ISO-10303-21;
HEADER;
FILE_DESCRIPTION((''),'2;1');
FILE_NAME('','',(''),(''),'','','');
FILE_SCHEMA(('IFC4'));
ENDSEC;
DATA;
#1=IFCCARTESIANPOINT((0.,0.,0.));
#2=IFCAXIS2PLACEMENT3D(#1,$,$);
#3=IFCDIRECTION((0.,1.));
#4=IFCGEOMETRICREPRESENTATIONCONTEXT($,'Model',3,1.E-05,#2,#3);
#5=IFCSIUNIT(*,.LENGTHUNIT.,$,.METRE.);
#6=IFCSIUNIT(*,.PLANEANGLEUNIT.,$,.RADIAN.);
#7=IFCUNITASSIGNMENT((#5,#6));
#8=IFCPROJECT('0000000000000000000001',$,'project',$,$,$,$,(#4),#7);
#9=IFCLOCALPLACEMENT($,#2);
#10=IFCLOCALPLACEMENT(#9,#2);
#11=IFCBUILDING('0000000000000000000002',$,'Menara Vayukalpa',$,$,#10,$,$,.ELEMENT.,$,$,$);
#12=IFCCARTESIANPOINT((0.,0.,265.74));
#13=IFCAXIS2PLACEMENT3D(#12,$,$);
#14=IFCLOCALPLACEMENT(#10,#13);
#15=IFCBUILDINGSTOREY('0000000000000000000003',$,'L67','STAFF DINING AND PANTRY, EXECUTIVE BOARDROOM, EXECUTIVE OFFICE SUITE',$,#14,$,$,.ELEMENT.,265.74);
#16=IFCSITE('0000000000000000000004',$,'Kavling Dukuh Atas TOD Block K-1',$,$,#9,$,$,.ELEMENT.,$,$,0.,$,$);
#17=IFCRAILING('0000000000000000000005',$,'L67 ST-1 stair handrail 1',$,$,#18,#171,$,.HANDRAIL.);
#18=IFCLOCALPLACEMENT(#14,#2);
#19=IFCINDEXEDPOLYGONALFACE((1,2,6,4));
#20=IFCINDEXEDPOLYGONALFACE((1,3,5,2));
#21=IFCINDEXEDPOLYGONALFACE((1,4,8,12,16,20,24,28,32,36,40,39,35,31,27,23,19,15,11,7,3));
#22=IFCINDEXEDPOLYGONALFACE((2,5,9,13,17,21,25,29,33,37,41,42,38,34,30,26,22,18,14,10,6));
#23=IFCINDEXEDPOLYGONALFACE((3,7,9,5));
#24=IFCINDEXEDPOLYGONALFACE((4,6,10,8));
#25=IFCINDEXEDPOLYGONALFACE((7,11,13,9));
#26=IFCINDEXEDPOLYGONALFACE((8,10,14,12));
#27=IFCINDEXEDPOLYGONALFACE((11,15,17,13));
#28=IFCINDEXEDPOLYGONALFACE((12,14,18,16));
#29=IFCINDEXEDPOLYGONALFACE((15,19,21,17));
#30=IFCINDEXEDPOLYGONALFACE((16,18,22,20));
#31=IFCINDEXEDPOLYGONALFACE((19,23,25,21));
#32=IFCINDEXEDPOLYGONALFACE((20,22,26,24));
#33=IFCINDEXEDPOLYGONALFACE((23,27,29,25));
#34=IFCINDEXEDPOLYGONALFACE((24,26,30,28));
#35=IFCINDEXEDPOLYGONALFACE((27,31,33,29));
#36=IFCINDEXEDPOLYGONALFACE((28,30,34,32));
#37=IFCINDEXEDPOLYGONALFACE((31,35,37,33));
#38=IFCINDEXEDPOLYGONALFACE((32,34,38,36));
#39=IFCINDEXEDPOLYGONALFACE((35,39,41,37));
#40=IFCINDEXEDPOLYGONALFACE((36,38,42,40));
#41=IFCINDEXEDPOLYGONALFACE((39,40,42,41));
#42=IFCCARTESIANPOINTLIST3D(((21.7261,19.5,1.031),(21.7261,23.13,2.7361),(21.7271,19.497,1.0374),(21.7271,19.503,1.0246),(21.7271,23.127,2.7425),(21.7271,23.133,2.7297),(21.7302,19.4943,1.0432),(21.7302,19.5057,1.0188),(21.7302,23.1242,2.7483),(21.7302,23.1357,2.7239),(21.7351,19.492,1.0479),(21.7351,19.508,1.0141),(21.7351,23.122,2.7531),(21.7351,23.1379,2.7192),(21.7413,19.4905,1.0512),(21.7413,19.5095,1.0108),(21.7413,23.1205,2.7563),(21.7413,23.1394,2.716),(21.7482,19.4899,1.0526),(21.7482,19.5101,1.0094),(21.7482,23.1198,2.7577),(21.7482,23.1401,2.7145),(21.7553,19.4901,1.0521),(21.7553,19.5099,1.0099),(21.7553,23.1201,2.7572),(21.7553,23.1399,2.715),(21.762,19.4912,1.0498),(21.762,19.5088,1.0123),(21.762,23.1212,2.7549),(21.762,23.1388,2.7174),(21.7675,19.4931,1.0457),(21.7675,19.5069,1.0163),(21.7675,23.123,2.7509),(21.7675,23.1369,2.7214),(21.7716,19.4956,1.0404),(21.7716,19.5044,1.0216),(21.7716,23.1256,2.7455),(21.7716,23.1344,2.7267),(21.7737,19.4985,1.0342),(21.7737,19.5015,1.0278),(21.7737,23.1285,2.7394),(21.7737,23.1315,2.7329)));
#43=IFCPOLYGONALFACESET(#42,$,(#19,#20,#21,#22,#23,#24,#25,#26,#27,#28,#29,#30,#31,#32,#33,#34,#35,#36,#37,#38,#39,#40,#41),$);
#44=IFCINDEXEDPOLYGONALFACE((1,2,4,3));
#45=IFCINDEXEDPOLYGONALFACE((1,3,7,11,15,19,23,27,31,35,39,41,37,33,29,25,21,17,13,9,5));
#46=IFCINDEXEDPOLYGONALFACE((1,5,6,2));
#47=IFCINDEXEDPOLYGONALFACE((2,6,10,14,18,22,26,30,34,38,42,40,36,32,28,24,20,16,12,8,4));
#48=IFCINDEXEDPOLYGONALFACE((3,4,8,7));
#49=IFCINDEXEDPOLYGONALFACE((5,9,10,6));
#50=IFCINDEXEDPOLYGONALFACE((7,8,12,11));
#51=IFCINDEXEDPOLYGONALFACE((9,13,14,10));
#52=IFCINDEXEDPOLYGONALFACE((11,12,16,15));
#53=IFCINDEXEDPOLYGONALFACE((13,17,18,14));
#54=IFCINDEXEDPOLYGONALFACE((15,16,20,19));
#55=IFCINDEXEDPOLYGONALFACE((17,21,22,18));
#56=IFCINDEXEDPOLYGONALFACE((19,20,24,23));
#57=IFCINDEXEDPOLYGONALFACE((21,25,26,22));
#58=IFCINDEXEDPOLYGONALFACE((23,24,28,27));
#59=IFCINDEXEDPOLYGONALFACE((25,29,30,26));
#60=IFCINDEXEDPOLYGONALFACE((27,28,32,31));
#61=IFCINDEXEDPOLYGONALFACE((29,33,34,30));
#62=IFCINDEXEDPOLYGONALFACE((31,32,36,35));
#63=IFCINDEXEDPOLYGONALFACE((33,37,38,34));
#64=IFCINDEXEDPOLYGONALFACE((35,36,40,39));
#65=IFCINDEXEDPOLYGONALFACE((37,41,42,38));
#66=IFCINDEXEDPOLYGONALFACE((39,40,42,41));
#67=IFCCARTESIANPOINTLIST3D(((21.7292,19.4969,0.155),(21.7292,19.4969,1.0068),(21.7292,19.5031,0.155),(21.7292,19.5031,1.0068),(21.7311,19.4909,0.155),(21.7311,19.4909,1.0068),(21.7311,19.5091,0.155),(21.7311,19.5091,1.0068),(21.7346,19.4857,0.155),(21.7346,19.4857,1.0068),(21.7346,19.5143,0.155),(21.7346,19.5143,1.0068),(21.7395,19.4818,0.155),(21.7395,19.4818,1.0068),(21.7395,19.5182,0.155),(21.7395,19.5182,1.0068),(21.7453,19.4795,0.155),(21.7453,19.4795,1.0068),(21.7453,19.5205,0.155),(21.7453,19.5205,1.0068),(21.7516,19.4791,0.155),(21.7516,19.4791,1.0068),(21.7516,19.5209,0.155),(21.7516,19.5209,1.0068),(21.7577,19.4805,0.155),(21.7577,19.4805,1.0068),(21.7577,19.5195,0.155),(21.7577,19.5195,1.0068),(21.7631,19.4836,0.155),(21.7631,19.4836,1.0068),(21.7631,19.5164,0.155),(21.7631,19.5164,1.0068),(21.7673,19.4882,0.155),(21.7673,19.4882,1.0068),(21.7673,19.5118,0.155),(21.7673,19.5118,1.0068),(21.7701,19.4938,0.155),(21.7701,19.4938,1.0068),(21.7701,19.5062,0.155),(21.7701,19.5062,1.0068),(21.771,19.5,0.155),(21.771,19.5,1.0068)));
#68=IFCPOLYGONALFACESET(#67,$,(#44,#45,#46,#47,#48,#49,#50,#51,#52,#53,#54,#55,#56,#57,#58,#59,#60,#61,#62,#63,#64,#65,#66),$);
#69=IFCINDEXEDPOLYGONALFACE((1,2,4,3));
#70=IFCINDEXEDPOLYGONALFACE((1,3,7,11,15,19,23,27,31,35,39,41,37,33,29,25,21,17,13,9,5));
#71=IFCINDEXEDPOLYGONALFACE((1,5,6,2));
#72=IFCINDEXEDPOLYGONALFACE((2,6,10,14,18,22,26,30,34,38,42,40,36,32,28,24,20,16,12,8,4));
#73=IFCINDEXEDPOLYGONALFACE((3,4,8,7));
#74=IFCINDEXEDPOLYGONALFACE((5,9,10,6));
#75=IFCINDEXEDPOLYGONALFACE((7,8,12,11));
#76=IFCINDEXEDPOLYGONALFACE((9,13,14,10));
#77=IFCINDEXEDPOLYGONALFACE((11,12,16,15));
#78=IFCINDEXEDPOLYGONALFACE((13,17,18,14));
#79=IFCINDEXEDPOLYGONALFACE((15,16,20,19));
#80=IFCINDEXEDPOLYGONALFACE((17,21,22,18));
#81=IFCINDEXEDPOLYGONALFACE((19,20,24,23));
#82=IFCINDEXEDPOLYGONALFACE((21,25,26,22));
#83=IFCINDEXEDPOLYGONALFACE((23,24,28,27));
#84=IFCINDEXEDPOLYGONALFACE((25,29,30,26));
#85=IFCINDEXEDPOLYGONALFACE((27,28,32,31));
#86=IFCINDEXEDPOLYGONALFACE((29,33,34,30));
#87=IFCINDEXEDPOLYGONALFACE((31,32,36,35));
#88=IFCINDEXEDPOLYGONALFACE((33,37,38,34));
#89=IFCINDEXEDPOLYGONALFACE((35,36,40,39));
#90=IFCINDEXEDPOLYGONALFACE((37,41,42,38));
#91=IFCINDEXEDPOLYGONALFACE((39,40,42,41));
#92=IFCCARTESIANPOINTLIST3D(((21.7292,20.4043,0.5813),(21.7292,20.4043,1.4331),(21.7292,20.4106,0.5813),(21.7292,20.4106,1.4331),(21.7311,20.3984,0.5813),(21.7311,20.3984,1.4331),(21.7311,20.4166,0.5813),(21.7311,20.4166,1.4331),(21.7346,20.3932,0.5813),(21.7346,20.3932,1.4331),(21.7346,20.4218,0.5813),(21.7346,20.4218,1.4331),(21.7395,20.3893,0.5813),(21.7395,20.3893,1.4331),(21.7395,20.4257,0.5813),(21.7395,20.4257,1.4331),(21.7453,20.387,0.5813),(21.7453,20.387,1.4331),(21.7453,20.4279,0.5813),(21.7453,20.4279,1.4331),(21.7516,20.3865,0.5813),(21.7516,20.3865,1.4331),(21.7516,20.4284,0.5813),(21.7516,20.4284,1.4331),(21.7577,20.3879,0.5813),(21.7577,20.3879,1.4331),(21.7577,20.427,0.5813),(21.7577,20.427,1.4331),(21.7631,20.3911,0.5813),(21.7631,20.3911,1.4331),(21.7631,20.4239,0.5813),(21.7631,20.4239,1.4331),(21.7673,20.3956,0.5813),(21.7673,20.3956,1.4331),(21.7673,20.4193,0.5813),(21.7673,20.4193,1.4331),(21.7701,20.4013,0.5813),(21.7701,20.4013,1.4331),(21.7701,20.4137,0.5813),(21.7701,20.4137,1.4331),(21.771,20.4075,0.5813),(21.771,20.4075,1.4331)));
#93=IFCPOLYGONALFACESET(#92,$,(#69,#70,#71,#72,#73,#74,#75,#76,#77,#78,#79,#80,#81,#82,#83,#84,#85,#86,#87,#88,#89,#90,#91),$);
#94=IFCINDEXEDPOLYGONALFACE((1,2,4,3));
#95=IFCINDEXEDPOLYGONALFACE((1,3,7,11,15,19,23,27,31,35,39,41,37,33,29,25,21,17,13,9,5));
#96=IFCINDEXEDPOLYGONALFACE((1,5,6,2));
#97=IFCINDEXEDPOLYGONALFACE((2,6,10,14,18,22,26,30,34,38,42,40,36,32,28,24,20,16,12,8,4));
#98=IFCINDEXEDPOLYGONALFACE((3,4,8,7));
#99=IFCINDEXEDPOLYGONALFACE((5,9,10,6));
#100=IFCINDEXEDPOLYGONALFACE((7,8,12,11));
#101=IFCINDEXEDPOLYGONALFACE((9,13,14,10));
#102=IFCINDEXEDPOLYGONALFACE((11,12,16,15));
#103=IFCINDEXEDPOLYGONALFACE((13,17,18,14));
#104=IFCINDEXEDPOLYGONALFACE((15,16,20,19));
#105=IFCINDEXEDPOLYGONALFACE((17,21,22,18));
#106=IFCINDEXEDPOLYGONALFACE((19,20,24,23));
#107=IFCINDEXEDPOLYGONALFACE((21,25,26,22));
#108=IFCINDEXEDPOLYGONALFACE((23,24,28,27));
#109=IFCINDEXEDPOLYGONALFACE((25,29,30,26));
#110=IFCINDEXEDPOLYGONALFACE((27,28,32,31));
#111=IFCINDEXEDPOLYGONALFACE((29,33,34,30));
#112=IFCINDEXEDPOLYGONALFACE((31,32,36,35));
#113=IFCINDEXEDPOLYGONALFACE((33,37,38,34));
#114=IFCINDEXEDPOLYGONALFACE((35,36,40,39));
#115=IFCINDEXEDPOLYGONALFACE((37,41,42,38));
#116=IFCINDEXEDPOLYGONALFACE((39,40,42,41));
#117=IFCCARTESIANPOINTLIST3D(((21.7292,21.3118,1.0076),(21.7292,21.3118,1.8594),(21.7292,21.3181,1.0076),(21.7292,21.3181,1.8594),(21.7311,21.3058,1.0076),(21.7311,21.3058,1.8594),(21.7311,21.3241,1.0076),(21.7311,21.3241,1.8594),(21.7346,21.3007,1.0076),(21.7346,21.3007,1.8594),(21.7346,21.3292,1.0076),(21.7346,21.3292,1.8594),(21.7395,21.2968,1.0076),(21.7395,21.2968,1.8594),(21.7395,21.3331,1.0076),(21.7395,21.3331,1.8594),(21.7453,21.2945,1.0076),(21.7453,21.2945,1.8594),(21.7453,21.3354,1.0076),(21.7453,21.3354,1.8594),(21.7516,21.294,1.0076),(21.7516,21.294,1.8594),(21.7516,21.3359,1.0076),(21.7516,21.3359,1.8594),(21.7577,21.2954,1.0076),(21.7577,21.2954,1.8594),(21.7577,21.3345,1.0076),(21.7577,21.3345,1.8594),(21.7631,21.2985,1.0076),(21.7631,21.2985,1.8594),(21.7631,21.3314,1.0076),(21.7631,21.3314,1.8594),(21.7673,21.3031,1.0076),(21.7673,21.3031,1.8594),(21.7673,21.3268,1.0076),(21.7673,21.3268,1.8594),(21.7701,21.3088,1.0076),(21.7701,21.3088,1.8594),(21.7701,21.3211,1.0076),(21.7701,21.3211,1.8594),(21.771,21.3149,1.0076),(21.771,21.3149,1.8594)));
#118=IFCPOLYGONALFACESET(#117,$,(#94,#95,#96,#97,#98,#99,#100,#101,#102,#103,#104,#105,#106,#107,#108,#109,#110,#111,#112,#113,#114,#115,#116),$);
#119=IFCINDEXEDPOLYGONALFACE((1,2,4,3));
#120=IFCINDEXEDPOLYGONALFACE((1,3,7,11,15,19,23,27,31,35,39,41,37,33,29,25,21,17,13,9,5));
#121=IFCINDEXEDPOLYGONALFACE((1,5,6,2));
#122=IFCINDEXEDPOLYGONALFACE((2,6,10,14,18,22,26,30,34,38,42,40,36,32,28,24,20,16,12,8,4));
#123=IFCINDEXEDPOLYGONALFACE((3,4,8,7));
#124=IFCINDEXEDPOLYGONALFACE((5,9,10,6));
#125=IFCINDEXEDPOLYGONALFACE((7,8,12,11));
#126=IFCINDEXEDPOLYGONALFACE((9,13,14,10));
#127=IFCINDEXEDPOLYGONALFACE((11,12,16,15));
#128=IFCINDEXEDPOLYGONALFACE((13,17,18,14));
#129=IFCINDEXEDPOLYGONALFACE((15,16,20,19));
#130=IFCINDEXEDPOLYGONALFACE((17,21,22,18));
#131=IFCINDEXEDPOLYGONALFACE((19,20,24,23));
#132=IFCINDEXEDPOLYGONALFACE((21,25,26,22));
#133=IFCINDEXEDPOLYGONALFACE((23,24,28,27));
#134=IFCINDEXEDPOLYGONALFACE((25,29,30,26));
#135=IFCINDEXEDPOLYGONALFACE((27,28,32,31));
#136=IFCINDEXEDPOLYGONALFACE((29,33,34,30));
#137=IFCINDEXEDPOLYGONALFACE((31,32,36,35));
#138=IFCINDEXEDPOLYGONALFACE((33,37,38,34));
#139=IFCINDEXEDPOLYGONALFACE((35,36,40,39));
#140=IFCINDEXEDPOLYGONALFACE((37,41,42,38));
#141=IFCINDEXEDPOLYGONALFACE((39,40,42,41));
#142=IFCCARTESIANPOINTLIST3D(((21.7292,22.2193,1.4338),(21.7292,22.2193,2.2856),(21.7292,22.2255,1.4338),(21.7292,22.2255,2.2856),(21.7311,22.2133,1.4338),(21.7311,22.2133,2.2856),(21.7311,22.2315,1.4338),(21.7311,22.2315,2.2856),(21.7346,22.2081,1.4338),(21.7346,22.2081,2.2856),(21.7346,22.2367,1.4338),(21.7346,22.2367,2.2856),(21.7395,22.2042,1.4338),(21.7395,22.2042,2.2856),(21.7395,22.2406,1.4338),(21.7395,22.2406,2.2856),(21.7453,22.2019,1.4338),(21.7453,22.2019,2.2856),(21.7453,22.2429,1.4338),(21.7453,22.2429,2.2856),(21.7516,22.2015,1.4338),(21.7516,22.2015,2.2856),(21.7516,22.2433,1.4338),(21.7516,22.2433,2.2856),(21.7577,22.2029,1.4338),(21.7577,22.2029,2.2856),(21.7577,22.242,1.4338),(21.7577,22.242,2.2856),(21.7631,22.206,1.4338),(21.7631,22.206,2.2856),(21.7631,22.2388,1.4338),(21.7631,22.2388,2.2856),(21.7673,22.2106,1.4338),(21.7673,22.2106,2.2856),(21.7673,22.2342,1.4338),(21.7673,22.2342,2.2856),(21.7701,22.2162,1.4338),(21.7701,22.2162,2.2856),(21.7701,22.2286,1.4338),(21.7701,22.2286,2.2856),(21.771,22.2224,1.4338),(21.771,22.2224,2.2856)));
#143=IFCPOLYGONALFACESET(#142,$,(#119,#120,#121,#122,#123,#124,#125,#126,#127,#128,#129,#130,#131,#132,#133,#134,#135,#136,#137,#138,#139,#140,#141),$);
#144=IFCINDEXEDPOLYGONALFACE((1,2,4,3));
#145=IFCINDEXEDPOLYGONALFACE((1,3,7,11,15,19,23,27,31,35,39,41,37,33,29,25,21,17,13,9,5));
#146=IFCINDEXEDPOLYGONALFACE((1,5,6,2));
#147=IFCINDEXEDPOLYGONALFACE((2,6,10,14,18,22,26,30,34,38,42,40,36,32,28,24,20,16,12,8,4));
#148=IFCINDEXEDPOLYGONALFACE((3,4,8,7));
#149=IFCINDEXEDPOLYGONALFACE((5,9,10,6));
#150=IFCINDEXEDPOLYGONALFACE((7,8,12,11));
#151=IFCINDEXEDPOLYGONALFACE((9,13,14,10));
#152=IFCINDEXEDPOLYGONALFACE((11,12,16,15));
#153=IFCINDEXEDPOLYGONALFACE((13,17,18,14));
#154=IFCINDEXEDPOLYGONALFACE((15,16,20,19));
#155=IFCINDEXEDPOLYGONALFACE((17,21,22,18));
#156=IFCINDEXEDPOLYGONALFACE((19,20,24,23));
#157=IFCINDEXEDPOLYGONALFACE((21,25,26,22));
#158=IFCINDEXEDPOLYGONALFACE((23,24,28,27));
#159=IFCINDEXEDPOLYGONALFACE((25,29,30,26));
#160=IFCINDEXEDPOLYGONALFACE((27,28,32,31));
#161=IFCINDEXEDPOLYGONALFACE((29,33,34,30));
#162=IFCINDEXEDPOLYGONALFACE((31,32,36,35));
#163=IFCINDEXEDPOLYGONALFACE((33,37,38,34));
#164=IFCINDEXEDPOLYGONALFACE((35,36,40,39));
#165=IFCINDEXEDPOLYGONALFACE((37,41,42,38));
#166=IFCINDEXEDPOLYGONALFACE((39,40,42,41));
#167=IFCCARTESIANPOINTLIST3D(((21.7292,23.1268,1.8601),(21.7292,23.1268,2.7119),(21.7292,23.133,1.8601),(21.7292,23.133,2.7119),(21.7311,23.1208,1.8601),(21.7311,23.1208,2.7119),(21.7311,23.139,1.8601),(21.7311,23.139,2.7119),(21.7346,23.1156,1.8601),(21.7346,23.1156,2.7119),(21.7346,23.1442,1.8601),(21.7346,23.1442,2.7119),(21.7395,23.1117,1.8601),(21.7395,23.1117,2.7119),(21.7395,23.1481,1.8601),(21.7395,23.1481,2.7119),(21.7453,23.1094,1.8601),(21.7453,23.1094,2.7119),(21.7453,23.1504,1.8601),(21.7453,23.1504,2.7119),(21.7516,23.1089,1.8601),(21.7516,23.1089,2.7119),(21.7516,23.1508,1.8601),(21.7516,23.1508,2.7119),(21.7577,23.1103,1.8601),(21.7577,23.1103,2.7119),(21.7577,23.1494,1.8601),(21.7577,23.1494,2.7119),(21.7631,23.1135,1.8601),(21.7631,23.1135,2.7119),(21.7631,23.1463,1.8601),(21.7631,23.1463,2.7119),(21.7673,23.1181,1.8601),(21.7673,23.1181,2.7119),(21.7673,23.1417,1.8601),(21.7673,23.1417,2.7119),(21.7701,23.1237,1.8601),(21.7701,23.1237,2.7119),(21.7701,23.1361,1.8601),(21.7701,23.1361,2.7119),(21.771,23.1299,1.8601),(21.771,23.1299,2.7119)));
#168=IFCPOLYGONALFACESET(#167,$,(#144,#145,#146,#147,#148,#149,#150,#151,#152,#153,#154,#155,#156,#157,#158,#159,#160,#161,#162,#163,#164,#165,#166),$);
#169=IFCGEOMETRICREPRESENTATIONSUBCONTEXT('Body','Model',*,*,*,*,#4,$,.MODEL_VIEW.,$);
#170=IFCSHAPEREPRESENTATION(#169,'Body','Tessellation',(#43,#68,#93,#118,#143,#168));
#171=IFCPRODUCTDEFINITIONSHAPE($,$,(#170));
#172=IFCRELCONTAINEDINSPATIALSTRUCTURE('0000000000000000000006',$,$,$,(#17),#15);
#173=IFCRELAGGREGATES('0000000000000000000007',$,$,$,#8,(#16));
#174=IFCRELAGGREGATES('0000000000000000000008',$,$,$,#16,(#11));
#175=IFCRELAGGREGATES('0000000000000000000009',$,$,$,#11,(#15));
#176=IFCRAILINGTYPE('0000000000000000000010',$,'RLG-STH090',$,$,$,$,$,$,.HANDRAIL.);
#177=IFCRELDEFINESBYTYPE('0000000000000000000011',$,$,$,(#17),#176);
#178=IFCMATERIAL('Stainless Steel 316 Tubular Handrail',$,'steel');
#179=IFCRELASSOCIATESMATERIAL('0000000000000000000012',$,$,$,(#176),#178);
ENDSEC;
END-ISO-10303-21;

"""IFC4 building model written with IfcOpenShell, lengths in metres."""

from ifc_helpers import new_model, si_unit, direction, frame, origin, origin_2d, place, context, subcontext, project, spatial, circle, extrude, material, type_object, element, save


model = new_model("IFC4")

# Units and contexts
model_context = context("Model", 3, precision=1e-05, world=origin(), true_north=direction((0.0, 1.0)))
body_context = subcontext(model_context, "Body", "Model", "MODEL_VIEW")
ifc_project = project(units=[si_unit("LENGTHUNIT", "METRE"), si_unit("PLANEANGLEUNIT", "RADIAN")], contexts=[model_context])

# Site, building, storey
site_placement = place(None, origin())
site = spatial("IfcSite", under=ifc_project, at=site_placement, Name="Kavling Dukuh Atas TOD Block K-1", CompositionType="ELEMENT", RefElevation=0.0)
building_placement = place(site_placement, origin())
building = spatial("IfcBuilding", under=site, at=building_placement, Name="Menara Vayukalpa", CompositionType="ELEMENT")
storey_placement = place(building_placement, frame((0.0, 0.0, 265.74)))
storey = spatial("IfcBuildingStorey", under=building, at=storey_placement, Name="L67", Description="STAFF DINING AND PANTRY, EXECUTIVE BOARDROOM, EXECUTIVE OFFICE SUITE", CompositionType="ELEMENT", Elevation=265.74)

# Railing
ifc_material_1 = material(Name="Stainless Steel 316 Tubular Handrail", Category="steel")
railing_type_1 = type_object("IfcRailingType", Name="RLG-STH090", PredefinedType="HANDRAIL", material=ifc_material_1)
railing_1_placement = place(storey_placement, frame((21.75, 19.5, 0.155)))
element("IfcRailing", 1, at=railing_1_placement, inside=storey, type_object=railing_type_1, Name="L67 ST-1 stair handrail 1", PredefinedType="HANDRAIL", context=body_context, shape_type="SweptSolid", body=[
    extrude(circle(Radius=0.0239, at=origin_2d()), frame((0.0, 0.0, 0.876), z_axis=(0.0, 0.905116, 0.425164), x_axis=(-1.0, 0.0, 0.0)), (0.0, 0.0, 1.0), 4.0105),
    extrude(circle(Radius=0.021, at=origin_2d()), origin(), (0.0, 0.0, 1.0), 0.8518),
    extrude(circle(Radius=0.021, at=origin_2d()), frame((0.0, 0.9075, 0.4263)), (0.0, 0.0, 1.0), 0.8518),
    extrude(circle(Radius=0.021, at=origin_2d()), frame((0.0, 1.8149, 0.8525)), (0.0, 0.0, 1.0), 0.8518),
    extrude(circle(Radius=0.021, at=origin_2d()), frame((0.0, 2.7224, 1.2788)), (0.0, 0.0, 1.0), 0.8518),
    extrude(circle(Radius=0.021, at=origin_2d()), frame((0.0, 3.6299, 1.7051)), (0.0, 0.0, 1.0), 0.8518),
])

save(model, "model.ifc")
